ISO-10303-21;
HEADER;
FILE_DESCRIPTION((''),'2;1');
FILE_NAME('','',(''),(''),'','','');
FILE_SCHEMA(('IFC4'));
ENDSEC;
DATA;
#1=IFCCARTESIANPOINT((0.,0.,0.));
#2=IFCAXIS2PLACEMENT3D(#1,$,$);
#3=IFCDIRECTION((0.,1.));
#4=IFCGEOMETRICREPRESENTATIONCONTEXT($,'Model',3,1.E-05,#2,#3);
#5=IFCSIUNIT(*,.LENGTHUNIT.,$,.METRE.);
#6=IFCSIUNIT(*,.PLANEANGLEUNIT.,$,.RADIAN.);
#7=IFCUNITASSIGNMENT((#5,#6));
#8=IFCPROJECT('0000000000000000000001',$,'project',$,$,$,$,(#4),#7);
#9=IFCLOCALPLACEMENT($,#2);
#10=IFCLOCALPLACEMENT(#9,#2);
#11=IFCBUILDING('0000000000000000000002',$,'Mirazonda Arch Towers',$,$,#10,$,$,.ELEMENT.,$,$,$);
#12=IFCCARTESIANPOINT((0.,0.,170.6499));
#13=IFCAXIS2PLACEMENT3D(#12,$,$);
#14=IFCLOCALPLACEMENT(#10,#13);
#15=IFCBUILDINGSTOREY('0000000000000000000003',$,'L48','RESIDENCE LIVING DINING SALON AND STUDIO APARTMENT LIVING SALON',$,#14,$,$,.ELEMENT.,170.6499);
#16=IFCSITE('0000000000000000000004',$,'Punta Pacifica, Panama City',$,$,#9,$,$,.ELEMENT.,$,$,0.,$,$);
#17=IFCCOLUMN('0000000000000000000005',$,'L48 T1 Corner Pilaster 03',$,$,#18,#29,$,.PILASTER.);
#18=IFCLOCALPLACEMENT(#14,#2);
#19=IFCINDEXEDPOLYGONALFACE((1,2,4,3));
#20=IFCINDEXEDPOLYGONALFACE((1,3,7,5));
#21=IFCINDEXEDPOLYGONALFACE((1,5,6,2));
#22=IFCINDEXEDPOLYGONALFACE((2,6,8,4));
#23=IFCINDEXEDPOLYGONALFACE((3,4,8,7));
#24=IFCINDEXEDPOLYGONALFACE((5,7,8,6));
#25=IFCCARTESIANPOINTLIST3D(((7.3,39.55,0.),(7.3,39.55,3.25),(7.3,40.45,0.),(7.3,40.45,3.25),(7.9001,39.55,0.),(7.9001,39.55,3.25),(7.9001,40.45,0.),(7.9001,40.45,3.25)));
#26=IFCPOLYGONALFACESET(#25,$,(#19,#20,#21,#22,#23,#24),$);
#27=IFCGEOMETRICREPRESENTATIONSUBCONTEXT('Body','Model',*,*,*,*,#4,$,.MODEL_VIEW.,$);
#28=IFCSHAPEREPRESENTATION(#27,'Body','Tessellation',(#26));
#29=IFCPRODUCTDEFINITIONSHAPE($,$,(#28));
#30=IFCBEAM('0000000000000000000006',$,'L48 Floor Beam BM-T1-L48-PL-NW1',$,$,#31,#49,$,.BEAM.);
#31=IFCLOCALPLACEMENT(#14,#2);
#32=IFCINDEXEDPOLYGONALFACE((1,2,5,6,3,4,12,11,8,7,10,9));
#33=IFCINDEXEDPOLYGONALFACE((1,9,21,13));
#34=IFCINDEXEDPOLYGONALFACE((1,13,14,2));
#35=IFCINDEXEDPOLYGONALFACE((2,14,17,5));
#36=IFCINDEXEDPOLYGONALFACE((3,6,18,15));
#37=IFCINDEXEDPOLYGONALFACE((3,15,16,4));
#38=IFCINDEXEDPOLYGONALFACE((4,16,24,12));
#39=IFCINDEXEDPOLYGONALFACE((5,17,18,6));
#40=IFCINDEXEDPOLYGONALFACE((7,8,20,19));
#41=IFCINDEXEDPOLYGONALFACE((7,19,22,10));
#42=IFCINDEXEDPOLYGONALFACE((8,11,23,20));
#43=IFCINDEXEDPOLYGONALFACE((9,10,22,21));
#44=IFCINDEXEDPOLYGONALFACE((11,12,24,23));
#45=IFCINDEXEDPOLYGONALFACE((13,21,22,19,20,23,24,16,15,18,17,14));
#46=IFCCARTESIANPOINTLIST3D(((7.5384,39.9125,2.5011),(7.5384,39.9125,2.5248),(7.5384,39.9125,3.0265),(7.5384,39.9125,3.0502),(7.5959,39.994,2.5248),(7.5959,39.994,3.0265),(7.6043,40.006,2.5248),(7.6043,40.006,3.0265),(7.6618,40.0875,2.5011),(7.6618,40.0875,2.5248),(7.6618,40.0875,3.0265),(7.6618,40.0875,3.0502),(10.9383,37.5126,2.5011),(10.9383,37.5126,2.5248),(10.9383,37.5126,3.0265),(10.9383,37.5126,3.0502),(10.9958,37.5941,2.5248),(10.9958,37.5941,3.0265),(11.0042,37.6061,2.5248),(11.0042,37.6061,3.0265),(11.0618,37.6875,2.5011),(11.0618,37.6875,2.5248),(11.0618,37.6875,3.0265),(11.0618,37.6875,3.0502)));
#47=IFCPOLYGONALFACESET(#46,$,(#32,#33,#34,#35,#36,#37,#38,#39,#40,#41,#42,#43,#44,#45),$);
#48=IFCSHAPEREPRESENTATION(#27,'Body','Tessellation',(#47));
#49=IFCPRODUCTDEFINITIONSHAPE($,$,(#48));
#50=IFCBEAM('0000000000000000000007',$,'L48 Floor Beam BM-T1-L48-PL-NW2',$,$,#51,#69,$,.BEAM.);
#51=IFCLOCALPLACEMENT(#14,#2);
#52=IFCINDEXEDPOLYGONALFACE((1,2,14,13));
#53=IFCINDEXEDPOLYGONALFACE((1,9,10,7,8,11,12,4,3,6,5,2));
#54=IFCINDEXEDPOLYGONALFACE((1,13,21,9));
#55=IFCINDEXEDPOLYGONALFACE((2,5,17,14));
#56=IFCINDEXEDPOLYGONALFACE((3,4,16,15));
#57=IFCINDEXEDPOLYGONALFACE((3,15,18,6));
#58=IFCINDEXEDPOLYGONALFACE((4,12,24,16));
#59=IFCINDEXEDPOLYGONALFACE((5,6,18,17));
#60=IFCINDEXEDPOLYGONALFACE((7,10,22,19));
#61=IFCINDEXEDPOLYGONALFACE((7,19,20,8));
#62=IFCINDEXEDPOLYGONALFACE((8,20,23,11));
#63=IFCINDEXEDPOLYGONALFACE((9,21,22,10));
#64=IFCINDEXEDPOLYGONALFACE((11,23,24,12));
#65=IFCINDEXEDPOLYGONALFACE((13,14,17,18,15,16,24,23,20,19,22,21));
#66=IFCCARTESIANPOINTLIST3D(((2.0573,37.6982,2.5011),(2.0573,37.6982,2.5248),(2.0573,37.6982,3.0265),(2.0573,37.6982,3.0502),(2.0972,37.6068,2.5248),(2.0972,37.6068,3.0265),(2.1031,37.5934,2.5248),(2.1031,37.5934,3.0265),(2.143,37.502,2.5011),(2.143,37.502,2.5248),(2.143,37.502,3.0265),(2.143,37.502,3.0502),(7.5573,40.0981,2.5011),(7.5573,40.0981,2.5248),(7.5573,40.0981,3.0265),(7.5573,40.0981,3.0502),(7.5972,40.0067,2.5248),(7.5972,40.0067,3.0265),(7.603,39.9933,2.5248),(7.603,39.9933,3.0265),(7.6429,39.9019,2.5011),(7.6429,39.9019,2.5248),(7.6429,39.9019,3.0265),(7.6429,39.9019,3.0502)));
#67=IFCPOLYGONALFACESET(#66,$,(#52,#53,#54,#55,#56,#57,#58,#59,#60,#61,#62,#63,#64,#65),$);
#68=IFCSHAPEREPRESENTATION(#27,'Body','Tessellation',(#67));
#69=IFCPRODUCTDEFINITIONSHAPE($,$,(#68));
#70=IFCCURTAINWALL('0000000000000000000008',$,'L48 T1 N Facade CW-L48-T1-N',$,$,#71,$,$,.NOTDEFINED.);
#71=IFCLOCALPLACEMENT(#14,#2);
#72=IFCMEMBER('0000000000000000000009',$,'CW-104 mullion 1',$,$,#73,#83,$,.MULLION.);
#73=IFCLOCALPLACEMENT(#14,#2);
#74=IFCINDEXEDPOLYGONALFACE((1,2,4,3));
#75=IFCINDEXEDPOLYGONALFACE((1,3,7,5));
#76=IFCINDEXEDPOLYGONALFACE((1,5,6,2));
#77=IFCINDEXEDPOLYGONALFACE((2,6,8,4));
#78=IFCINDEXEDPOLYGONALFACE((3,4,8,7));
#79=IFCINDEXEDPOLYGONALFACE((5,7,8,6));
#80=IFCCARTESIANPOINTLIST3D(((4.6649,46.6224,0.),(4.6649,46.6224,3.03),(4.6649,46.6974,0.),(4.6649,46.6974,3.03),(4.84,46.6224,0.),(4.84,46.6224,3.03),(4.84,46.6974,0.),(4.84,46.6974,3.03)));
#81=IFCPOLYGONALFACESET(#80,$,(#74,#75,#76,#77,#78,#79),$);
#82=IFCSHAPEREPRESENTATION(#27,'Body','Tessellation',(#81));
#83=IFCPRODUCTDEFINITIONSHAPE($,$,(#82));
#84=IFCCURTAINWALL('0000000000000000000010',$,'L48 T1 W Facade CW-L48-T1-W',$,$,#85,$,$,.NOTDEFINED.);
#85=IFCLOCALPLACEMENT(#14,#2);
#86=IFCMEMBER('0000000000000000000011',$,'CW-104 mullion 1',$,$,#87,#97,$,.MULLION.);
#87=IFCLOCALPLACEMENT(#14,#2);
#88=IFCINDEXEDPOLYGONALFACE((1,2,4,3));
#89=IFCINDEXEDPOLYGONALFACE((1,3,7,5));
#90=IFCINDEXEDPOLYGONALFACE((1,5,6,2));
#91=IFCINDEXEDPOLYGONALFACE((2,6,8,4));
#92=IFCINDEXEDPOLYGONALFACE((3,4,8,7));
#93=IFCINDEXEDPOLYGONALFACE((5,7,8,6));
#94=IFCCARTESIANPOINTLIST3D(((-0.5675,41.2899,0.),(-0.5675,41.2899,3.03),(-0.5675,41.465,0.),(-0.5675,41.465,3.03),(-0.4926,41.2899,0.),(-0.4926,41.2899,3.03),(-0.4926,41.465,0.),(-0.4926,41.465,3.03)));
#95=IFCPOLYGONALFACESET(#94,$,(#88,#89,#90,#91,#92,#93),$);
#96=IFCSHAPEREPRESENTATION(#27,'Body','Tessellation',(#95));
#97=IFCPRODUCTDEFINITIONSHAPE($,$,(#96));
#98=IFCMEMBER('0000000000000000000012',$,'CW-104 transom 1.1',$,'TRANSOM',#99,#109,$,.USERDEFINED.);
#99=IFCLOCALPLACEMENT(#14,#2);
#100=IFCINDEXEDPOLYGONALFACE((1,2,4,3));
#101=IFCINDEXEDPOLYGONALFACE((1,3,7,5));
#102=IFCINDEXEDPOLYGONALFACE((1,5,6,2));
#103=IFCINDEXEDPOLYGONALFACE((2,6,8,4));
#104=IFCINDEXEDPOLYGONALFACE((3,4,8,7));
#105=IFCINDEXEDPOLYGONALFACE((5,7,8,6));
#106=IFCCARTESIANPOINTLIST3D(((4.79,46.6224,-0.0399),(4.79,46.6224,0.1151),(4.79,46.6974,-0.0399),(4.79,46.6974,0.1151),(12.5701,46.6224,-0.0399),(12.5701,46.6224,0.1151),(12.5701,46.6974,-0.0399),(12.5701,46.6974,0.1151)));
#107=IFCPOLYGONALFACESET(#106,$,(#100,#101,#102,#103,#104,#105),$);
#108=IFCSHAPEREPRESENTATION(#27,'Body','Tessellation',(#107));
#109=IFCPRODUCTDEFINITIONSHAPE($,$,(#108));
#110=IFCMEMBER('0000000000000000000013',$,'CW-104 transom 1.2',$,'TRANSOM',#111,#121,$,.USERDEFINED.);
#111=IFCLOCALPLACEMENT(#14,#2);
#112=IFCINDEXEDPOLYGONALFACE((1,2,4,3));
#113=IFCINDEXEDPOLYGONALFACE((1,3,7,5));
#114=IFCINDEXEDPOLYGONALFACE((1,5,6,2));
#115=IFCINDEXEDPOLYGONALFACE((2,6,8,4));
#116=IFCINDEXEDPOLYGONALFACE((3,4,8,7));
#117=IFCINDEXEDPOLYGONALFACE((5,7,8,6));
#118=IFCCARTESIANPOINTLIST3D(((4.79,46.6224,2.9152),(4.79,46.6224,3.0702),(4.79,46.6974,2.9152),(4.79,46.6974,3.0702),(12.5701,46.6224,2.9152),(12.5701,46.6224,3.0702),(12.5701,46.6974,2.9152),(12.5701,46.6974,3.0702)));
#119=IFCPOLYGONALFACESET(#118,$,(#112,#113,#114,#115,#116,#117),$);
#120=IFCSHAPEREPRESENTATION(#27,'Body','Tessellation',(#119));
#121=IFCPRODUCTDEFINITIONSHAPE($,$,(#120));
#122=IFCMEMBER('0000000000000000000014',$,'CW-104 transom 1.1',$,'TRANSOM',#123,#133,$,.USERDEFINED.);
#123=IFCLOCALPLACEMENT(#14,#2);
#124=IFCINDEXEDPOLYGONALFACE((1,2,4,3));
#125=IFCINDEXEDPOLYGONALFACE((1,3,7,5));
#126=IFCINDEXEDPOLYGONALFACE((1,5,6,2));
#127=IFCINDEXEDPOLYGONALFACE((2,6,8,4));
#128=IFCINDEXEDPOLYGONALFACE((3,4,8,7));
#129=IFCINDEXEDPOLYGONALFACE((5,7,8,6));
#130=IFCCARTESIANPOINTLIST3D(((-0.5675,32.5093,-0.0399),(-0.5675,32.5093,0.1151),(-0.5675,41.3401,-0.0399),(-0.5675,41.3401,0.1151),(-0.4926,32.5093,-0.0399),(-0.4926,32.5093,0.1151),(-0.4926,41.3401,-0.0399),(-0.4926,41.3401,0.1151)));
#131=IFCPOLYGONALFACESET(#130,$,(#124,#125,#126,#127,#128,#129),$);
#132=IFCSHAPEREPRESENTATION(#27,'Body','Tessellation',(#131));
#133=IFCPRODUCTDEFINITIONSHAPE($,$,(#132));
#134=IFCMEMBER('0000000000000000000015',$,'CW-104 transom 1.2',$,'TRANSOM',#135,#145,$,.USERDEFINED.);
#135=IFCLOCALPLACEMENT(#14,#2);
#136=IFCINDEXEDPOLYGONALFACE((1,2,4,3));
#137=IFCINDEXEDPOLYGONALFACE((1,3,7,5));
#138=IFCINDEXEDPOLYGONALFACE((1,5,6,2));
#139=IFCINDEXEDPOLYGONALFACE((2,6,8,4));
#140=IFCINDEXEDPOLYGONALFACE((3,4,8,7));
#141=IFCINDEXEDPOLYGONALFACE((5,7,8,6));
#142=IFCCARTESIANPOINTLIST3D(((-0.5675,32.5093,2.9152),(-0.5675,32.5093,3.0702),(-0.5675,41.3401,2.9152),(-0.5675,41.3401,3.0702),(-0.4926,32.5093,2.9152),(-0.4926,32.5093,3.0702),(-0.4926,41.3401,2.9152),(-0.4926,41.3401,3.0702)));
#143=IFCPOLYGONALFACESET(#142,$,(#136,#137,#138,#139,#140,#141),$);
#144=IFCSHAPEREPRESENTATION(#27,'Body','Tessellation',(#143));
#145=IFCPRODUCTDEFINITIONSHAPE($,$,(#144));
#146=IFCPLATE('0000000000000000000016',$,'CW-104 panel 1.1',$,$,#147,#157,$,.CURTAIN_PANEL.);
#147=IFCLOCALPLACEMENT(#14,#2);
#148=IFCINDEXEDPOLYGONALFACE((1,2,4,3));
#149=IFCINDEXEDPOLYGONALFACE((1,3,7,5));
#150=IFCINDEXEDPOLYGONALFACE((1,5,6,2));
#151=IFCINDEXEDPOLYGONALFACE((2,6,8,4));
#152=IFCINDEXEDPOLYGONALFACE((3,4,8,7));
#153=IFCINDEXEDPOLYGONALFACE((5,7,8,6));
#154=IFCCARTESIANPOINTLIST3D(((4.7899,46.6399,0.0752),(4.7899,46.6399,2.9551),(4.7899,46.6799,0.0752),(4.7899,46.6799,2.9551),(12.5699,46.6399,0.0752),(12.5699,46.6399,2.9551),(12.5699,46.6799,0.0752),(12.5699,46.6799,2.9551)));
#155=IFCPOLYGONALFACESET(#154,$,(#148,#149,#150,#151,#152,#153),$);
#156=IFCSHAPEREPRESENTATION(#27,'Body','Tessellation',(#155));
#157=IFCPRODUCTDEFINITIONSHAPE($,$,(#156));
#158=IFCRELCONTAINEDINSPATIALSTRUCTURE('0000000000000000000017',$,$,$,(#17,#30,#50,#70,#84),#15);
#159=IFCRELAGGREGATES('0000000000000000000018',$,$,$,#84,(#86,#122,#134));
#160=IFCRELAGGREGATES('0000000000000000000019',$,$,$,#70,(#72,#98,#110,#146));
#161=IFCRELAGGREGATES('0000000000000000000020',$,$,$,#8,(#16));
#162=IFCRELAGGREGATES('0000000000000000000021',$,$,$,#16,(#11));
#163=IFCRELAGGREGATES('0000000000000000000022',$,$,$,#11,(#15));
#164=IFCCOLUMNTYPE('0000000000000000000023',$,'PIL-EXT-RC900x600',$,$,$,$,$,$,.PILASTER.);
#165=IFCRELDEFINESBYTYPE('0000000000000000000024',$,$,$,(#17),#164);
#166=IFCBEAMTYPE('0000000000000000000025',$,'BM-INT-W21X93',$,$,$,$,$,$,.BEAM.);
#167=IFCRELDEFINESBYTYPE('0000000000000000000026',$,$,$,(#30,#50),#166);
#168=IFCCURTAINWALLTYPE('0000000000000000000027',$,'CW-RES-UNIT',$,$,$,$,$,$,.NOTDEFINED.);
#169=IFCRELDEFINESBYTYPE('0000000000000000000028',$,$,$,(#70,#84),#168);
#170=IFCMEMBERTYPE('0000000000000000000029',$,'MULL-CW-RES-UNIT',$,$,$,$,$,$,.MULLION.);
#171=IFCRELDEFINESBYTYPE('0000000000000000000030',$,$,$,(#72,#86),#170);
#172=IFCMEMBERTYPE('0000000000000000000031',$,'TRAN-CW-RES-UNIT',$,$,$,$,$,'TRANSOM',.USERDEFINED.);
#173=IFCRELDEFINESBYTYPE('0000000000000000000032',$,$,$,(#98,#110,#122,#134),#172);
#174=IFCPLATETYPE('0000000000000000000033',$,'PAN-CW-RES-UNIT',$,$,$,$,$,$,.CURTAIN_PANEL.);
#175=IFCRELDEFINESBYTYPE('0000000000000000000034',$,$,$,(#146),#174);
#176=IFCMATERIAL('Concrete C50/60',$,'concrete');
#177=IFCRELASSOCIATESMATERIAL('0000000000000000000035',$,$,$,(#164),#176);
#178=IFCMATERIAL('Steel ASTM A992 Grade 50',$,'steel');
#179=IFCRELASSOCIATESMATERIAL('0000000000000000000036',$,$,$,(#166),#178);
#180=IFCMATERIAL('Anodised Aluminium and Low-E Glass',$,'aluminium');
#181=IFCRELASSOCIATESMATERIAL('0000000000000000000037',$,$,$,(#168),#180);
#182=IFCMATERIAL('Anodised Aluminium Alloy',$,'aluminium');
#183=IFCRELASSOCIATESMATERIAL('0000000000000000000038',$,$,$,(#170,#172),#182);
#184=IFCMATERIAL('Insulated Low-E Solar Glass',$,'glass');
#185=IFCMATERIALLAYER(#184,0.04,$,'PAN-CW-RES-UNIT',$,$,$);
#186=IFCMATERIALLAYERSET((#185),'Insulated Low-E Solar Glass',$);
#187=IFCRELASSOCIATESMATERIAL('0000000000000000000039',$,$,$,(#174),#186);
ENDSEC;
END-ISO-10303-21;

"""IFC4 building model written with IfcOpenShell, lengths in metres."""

from ifc_helpers import new_model, si_unit, direction, frame, origin, origin_2d, place, context, subcontext, project, spatial, rectangle, i_section, extrude, material, layer, layer_set, material_profile, profile_set, type_object, element, aggregate, save


model = new_model("IFC4")

# Units and contexts
model_context = context("Model", 3, precision=1e-05, world=origin(), true_north=direction((0.0, 1.0)))
body_context = subcontext(model_context, "Body", "Model", "MODEL_VIEW")
ifc_project = project(units=[si_unit("LENGTHUNIT", "METRE"), si_unit("PLANEANGLEUNIT", "RADIAN")], contexts=[model_context])

# Site, building, storey
site_placement = place(None, origin())
site = spatial("IfcSite", under=ifc_project, at=site_placement, Name="Punta Pacifica, Panama City", CompositionType="ELEMENT", RefElevation=0.0)
building_placement = place(site_placement, origin())
building = spatial("IfcBuilding", under=site, at=building_placement, Name="Mirazonda Arch Towers", CompositionType="ELEMENT")
storey_placement = place(building_placement, frame((0.0, 0.0, 170.6499)))
storey = spatial("IfcBuildingStorey", under=building, at=storey_placement, Name="L48", Description="RESIDENCE LIVING DINING SALON AND STUDIO APARTMENT LIVING SALON", CompositionType="ELEMENT", Elevation=170.6499)

# Column
ifc_material_1 = material(Name="Concrete C50/60", Category="concrete")
ifc_material_profile_1 = material_profile(ifc_material_1, rectangle(XDim=0.6001, YDim=0.8999, at=origin_2d()), Name="RC900x600")
ifc_profile_set_1 = profile_set([ifc_material_profile_1], Name="Concrete C50/60")
column_type = type_object("IfcColumnType", Name="PIL-EXT-RC900x600", PredefinedType="PILASTER", material=ifc_profile_set_1)
column_placement = place(storey_placement, frame((7.6001, 40.0, 0.0), z_axis=(0.0, 0.0, 1.0), x_axis=(1.0, 0.0, 0.0)))
element("IfcColumn", 1, at=column_placement, inside=storey, type_object=column_type, Name="L48 T1 Corner Pilaster 03", PredefinedType="PILASTER", context=body_context, shape_type="SweptSolid", body=[
    extrude(rectangle(XDim=0.6001, YDim=0.8999, at=origin_2d()), origin(), (0.0, 0.0, 1.0), 3.25),
])

# Beams
ifc_material_2 = material(Name="Steel ASTM A992 Grade 50", Category="steel")
ifc_material_profile_2 = material_profile(ifc_material_2, i_section(OverallWidth=0.2141, OverallDepth=0.5491, WebThickness=0.0146, FlangeThickness=0.0237, at=origin_2d()), Name="W21X93")
ifc_profile_set_2 = profile_set([ifc_material_profile_2], Name="Steel ASTM A992 Grade 50")
beam_type = type_object("IfcBeamType", Name="BM-INT-W21X93", PredefinedType="BEAM", material=ifc_profile_set_2)
beam_1_placement = place(storey_placement, frame((7.6001, 40.0, 2.7756), z_axis=(0.816971, -0.576679, 0.0), x_axis=(0.576679, 0.816971, 0.0)))
element("IfcBeam", 2, at=beam_1_placement, inside=storey, type_object=beam_type, Name="L48 Floor Beam BM-T1-L48-PL-NW1", PredefinedType="BEAM", context=body_context, shape_type="SweptSolid", body=[
    extrude(i_section(OverallWidth=0.2141, OverallDepth=0.5491, WebThickness=0.0146, FlangeThickness=0.0237, at=origin_2d()), origin(), (0.0, 0.0, 1.0), 4.1616),
])
beam_2_placement = place(storey_placement, frame((7.6001, 40.0, 2.7756), z_axis=(-0.916545, -0.399931, 0.0), x_axis=(0.399931, -0.916545, 0.0)))
element("IfcBeam", 3, at=beam_2_placement, inside=storey, type_object=beam_type, Name="L48 Floor Beam BM-T1-L48-PL-NW2", PredefinedType="BEAM", context=body_context, shape_type="SweptSolid", body=[
    extrude(i_section(OverallWidth=0.2141, OverallDepth=0.5491, WebThickness=0.0146, FlangeThickness=0.0237, at=origin_2d()), origin(), (0.0, 0.0, 1.0), 6.0007),
])

# Curtain walls, members
ifc_material_3 = material(Name="Anodised Aluminium and Low-E Glass", Category="aluminium")
curtain_wall_type = type_object("IfcCurtainWallType", Name="CW-RES-UNIT", PredefinedType="NOTDEFINED", material=ifc_material_3)
curtain_wall_1_placement = place(storey_placement, origin())
curtain_wall_1 = element("IfcCurtainWall", 4, at=curtain_wall_1_placement, inside=storey, type_object=curtain_wall_type, Name="L48 T1 N Facade CW-L48-T1-N", PredefinedType="NOTDEFINED")
ifc_material_4 = material(Name="Anodised Aluminium Alloy", Category="aluminium")
ifc_material_profile_3 = material_profile(ifc_material_4, rectangle(XDim=0.075, YDim=0.175, at=origin_2d()), Name="ALU-MULL-75x175")
ifc_profile_set_3 = profile_set([ifc_material_profile_3], Name="Anodised Aluminium Alloy")
member_type_1 = type_object("IfcMemberType", Name="MULL-CW-RES-UNIT", PredefinedType="MULLION", material=ifc_profile_set_3)
member_1_placement = place(storey_placement, frame((4.7524, 46.6599, 0.0), z_axis=(0.0, 0.0, 1.0), x_axis=(0.0, 1.0, 0.0)))
member_1 = element("IfcMember", 5, at=member_1_placement, type_object=member_type_1, Name="CW-104 mullion 1", PredefinedType="MULLION", context=body_context, shape_type="SweptSolid", body=[
    extrude(rectangle(XDim=0.075, YDim=0.175, at=origin_2d()), origin(), (0.0, 0.0, 1.0), 3.03),
])
curtain_wall_2_placement = place(storey_placement, origin())
curtain_wall_2 = element("IfcCurtainWall", 6, at=curtain_wall_2_placement, inside=storey, type_object=curtain_wall_type, Name="L48 T1 W Facade CW-L48-T1-W", PredefinedType="NOTDEFINED")
member_2_placement = place(storey_placement, frame((-0.53, 41.3774, 0.0), z_axis=(0.0, 0.0, 1.0), x_axis=(1.0, 0.0, 0.0)))
member_2 = element("IfcMember", 7, at=member_2_placement, type_object=member_type_1, Name="CW-104 mullion 1", PredefinedType="MULLION", context=body_context, shape_type="SweptSolid", body=[
    extrude(rectangle(XDim=0.075, YDim=0.175, at=origin_2d()), origin(), (0.0, 0.0, 1.0), 3.03),
])

# Members
ifc_material_profile_4 = material_profile(ifc_material_4, rectangle(XDim=0.075, YDim=0.155, at=origin_2d()), Name="ALU-TRAN-75x155")
ifc_profile_set_4 = profile_set([ifc_material_profile_4], Name="Anodised Aluminium Alloy")
member_type_2 = type_object("IfcMemberType", Name="TRAN-CW-RES-UNIT", ElementType="TRANSOM", PredefinedType="USERDEFINED", material=ifc_profile_set_4)
member_3_placement = place(storey_placement, frame((4.79, 46.6599, 0.0376), z_axis=(1.0, 0.0, 0.0), x_axis=(0.0, 1.0, 0.0)))
member_3 = element("IfcMember", 8, at=member_3_placement, type_object=member_type_2, Name="CW-104 transom 1.1", ObjectType="TRANSOM", PredefinedType="USERDEFINED", context=body_context, shape_type="SweptSolid", body=[
    extrude(rectangle(XDim=0.075, YDim=0.155, at=origin_2d()), origin(), (0.0, 0.0, 1.0), 7.78),
])
member_4_placement = place(storey_placement, frame((4.79, 46.6599, 2.9927), z_axis=(1.0, 0.0, 0.0), x_axis=(0.0, 1.0, 0.0)))
member_4 = element("IfcMember", 9, at=member_4_placement, type_object=member_type_2, Name="CW-104 transom 1.2", ObjectType="TRANSOM", PredefinedType="USERDEFINED", context=body_context, shape_type="SweptSolid", body=[
    extrude(rectangle(XDim=0.075, YDim=0.155, at=origin_2d()), origin(), (0.0, 0.0, 1.0), 7.78),
])
member_5_placement = place(storey_placement, frame((-0.53, 41.3401, 0.0376), z_axis=(0.0, -1.0, 0.0), x_axis=(1.0, 0.0, 0.0)))
member_5 = element("IfcMember", 10, at=member_5_placement, type_object=member_type_2, Name="CW-104 transom 1.1", ObjectType="TRANSOM", PredefinedType="USERDEFINED", context=body_context, shape_type="SweptSolid", body=[
    extrude(rectangle(XDim=0.075, YDim=0.155, at=origin_2d()), origin(), (0.0, 0.0, 1.0), 8.8308),
])
member_6_placement = place(storey_placement, frame((-0.53, 41.3401, 2.9927), z_axis=(0.0, -1.0, 0.0), x_axis=(1.0, 0.0, 0.0)))
member_6 = element("IfcMember", 11, at=member_6_placement, type_object=member_type_2, Name="CW-104 transom 1.2", ObjectType="TRANSOM", PredefinedType="USERDEFINED", context=body_context, shape_type="SweptSolid", body=[
    extrude(rectangle(XDim=0.075, YDim=0.155, at=origin_2d()), origin(), (0.0, 0.0, 1.0), 8.8308),
])
aggregate(curtain_wall_2, [member_2, member_5, member_6])

# Plate
ifc_material_5 = material(Name="Insulated Low-E Solar Glass", Category="glass")
ifc_layer_1 = layer(ifc_material_5, 0.04, Name="PAN-CW-RES-UNIT")
ifc_layer_set_1 = layer_set([ifc_layer_1], Name="Insulated Low-E Solar Glass")
plate_type = type_object("IfcPlateType", Name="PAN-CW-RES-UNIT", PredefinedType="CURTAIN_PANEL", material=ifc_layer_set_1)
plate_placement = place(storey_placement, frame((8.6799, 46.6599, 0.0752), z_axis=(0.0, 0.0, 1.0), x_axis=(1.0, 0.0, 0.0)))
plate = element("IfcPlate", 12, at=plate_placement, type_object=plate_type, Name="CW-104 panel 1.1", PredefinedType="CURTAIN_PANEL", context=body_context, shape_type="SweptSolid", body=[
    extrude(rectangle(XDim=7.78, YDim=0.04, at=origin_2d()), origin(), (0.0, 0.0, 1.0), 2.8799),
])
aggregate(curtain_wall_1, [member_1, member_3, member_4, plate])

save(model, "model.ifc")
